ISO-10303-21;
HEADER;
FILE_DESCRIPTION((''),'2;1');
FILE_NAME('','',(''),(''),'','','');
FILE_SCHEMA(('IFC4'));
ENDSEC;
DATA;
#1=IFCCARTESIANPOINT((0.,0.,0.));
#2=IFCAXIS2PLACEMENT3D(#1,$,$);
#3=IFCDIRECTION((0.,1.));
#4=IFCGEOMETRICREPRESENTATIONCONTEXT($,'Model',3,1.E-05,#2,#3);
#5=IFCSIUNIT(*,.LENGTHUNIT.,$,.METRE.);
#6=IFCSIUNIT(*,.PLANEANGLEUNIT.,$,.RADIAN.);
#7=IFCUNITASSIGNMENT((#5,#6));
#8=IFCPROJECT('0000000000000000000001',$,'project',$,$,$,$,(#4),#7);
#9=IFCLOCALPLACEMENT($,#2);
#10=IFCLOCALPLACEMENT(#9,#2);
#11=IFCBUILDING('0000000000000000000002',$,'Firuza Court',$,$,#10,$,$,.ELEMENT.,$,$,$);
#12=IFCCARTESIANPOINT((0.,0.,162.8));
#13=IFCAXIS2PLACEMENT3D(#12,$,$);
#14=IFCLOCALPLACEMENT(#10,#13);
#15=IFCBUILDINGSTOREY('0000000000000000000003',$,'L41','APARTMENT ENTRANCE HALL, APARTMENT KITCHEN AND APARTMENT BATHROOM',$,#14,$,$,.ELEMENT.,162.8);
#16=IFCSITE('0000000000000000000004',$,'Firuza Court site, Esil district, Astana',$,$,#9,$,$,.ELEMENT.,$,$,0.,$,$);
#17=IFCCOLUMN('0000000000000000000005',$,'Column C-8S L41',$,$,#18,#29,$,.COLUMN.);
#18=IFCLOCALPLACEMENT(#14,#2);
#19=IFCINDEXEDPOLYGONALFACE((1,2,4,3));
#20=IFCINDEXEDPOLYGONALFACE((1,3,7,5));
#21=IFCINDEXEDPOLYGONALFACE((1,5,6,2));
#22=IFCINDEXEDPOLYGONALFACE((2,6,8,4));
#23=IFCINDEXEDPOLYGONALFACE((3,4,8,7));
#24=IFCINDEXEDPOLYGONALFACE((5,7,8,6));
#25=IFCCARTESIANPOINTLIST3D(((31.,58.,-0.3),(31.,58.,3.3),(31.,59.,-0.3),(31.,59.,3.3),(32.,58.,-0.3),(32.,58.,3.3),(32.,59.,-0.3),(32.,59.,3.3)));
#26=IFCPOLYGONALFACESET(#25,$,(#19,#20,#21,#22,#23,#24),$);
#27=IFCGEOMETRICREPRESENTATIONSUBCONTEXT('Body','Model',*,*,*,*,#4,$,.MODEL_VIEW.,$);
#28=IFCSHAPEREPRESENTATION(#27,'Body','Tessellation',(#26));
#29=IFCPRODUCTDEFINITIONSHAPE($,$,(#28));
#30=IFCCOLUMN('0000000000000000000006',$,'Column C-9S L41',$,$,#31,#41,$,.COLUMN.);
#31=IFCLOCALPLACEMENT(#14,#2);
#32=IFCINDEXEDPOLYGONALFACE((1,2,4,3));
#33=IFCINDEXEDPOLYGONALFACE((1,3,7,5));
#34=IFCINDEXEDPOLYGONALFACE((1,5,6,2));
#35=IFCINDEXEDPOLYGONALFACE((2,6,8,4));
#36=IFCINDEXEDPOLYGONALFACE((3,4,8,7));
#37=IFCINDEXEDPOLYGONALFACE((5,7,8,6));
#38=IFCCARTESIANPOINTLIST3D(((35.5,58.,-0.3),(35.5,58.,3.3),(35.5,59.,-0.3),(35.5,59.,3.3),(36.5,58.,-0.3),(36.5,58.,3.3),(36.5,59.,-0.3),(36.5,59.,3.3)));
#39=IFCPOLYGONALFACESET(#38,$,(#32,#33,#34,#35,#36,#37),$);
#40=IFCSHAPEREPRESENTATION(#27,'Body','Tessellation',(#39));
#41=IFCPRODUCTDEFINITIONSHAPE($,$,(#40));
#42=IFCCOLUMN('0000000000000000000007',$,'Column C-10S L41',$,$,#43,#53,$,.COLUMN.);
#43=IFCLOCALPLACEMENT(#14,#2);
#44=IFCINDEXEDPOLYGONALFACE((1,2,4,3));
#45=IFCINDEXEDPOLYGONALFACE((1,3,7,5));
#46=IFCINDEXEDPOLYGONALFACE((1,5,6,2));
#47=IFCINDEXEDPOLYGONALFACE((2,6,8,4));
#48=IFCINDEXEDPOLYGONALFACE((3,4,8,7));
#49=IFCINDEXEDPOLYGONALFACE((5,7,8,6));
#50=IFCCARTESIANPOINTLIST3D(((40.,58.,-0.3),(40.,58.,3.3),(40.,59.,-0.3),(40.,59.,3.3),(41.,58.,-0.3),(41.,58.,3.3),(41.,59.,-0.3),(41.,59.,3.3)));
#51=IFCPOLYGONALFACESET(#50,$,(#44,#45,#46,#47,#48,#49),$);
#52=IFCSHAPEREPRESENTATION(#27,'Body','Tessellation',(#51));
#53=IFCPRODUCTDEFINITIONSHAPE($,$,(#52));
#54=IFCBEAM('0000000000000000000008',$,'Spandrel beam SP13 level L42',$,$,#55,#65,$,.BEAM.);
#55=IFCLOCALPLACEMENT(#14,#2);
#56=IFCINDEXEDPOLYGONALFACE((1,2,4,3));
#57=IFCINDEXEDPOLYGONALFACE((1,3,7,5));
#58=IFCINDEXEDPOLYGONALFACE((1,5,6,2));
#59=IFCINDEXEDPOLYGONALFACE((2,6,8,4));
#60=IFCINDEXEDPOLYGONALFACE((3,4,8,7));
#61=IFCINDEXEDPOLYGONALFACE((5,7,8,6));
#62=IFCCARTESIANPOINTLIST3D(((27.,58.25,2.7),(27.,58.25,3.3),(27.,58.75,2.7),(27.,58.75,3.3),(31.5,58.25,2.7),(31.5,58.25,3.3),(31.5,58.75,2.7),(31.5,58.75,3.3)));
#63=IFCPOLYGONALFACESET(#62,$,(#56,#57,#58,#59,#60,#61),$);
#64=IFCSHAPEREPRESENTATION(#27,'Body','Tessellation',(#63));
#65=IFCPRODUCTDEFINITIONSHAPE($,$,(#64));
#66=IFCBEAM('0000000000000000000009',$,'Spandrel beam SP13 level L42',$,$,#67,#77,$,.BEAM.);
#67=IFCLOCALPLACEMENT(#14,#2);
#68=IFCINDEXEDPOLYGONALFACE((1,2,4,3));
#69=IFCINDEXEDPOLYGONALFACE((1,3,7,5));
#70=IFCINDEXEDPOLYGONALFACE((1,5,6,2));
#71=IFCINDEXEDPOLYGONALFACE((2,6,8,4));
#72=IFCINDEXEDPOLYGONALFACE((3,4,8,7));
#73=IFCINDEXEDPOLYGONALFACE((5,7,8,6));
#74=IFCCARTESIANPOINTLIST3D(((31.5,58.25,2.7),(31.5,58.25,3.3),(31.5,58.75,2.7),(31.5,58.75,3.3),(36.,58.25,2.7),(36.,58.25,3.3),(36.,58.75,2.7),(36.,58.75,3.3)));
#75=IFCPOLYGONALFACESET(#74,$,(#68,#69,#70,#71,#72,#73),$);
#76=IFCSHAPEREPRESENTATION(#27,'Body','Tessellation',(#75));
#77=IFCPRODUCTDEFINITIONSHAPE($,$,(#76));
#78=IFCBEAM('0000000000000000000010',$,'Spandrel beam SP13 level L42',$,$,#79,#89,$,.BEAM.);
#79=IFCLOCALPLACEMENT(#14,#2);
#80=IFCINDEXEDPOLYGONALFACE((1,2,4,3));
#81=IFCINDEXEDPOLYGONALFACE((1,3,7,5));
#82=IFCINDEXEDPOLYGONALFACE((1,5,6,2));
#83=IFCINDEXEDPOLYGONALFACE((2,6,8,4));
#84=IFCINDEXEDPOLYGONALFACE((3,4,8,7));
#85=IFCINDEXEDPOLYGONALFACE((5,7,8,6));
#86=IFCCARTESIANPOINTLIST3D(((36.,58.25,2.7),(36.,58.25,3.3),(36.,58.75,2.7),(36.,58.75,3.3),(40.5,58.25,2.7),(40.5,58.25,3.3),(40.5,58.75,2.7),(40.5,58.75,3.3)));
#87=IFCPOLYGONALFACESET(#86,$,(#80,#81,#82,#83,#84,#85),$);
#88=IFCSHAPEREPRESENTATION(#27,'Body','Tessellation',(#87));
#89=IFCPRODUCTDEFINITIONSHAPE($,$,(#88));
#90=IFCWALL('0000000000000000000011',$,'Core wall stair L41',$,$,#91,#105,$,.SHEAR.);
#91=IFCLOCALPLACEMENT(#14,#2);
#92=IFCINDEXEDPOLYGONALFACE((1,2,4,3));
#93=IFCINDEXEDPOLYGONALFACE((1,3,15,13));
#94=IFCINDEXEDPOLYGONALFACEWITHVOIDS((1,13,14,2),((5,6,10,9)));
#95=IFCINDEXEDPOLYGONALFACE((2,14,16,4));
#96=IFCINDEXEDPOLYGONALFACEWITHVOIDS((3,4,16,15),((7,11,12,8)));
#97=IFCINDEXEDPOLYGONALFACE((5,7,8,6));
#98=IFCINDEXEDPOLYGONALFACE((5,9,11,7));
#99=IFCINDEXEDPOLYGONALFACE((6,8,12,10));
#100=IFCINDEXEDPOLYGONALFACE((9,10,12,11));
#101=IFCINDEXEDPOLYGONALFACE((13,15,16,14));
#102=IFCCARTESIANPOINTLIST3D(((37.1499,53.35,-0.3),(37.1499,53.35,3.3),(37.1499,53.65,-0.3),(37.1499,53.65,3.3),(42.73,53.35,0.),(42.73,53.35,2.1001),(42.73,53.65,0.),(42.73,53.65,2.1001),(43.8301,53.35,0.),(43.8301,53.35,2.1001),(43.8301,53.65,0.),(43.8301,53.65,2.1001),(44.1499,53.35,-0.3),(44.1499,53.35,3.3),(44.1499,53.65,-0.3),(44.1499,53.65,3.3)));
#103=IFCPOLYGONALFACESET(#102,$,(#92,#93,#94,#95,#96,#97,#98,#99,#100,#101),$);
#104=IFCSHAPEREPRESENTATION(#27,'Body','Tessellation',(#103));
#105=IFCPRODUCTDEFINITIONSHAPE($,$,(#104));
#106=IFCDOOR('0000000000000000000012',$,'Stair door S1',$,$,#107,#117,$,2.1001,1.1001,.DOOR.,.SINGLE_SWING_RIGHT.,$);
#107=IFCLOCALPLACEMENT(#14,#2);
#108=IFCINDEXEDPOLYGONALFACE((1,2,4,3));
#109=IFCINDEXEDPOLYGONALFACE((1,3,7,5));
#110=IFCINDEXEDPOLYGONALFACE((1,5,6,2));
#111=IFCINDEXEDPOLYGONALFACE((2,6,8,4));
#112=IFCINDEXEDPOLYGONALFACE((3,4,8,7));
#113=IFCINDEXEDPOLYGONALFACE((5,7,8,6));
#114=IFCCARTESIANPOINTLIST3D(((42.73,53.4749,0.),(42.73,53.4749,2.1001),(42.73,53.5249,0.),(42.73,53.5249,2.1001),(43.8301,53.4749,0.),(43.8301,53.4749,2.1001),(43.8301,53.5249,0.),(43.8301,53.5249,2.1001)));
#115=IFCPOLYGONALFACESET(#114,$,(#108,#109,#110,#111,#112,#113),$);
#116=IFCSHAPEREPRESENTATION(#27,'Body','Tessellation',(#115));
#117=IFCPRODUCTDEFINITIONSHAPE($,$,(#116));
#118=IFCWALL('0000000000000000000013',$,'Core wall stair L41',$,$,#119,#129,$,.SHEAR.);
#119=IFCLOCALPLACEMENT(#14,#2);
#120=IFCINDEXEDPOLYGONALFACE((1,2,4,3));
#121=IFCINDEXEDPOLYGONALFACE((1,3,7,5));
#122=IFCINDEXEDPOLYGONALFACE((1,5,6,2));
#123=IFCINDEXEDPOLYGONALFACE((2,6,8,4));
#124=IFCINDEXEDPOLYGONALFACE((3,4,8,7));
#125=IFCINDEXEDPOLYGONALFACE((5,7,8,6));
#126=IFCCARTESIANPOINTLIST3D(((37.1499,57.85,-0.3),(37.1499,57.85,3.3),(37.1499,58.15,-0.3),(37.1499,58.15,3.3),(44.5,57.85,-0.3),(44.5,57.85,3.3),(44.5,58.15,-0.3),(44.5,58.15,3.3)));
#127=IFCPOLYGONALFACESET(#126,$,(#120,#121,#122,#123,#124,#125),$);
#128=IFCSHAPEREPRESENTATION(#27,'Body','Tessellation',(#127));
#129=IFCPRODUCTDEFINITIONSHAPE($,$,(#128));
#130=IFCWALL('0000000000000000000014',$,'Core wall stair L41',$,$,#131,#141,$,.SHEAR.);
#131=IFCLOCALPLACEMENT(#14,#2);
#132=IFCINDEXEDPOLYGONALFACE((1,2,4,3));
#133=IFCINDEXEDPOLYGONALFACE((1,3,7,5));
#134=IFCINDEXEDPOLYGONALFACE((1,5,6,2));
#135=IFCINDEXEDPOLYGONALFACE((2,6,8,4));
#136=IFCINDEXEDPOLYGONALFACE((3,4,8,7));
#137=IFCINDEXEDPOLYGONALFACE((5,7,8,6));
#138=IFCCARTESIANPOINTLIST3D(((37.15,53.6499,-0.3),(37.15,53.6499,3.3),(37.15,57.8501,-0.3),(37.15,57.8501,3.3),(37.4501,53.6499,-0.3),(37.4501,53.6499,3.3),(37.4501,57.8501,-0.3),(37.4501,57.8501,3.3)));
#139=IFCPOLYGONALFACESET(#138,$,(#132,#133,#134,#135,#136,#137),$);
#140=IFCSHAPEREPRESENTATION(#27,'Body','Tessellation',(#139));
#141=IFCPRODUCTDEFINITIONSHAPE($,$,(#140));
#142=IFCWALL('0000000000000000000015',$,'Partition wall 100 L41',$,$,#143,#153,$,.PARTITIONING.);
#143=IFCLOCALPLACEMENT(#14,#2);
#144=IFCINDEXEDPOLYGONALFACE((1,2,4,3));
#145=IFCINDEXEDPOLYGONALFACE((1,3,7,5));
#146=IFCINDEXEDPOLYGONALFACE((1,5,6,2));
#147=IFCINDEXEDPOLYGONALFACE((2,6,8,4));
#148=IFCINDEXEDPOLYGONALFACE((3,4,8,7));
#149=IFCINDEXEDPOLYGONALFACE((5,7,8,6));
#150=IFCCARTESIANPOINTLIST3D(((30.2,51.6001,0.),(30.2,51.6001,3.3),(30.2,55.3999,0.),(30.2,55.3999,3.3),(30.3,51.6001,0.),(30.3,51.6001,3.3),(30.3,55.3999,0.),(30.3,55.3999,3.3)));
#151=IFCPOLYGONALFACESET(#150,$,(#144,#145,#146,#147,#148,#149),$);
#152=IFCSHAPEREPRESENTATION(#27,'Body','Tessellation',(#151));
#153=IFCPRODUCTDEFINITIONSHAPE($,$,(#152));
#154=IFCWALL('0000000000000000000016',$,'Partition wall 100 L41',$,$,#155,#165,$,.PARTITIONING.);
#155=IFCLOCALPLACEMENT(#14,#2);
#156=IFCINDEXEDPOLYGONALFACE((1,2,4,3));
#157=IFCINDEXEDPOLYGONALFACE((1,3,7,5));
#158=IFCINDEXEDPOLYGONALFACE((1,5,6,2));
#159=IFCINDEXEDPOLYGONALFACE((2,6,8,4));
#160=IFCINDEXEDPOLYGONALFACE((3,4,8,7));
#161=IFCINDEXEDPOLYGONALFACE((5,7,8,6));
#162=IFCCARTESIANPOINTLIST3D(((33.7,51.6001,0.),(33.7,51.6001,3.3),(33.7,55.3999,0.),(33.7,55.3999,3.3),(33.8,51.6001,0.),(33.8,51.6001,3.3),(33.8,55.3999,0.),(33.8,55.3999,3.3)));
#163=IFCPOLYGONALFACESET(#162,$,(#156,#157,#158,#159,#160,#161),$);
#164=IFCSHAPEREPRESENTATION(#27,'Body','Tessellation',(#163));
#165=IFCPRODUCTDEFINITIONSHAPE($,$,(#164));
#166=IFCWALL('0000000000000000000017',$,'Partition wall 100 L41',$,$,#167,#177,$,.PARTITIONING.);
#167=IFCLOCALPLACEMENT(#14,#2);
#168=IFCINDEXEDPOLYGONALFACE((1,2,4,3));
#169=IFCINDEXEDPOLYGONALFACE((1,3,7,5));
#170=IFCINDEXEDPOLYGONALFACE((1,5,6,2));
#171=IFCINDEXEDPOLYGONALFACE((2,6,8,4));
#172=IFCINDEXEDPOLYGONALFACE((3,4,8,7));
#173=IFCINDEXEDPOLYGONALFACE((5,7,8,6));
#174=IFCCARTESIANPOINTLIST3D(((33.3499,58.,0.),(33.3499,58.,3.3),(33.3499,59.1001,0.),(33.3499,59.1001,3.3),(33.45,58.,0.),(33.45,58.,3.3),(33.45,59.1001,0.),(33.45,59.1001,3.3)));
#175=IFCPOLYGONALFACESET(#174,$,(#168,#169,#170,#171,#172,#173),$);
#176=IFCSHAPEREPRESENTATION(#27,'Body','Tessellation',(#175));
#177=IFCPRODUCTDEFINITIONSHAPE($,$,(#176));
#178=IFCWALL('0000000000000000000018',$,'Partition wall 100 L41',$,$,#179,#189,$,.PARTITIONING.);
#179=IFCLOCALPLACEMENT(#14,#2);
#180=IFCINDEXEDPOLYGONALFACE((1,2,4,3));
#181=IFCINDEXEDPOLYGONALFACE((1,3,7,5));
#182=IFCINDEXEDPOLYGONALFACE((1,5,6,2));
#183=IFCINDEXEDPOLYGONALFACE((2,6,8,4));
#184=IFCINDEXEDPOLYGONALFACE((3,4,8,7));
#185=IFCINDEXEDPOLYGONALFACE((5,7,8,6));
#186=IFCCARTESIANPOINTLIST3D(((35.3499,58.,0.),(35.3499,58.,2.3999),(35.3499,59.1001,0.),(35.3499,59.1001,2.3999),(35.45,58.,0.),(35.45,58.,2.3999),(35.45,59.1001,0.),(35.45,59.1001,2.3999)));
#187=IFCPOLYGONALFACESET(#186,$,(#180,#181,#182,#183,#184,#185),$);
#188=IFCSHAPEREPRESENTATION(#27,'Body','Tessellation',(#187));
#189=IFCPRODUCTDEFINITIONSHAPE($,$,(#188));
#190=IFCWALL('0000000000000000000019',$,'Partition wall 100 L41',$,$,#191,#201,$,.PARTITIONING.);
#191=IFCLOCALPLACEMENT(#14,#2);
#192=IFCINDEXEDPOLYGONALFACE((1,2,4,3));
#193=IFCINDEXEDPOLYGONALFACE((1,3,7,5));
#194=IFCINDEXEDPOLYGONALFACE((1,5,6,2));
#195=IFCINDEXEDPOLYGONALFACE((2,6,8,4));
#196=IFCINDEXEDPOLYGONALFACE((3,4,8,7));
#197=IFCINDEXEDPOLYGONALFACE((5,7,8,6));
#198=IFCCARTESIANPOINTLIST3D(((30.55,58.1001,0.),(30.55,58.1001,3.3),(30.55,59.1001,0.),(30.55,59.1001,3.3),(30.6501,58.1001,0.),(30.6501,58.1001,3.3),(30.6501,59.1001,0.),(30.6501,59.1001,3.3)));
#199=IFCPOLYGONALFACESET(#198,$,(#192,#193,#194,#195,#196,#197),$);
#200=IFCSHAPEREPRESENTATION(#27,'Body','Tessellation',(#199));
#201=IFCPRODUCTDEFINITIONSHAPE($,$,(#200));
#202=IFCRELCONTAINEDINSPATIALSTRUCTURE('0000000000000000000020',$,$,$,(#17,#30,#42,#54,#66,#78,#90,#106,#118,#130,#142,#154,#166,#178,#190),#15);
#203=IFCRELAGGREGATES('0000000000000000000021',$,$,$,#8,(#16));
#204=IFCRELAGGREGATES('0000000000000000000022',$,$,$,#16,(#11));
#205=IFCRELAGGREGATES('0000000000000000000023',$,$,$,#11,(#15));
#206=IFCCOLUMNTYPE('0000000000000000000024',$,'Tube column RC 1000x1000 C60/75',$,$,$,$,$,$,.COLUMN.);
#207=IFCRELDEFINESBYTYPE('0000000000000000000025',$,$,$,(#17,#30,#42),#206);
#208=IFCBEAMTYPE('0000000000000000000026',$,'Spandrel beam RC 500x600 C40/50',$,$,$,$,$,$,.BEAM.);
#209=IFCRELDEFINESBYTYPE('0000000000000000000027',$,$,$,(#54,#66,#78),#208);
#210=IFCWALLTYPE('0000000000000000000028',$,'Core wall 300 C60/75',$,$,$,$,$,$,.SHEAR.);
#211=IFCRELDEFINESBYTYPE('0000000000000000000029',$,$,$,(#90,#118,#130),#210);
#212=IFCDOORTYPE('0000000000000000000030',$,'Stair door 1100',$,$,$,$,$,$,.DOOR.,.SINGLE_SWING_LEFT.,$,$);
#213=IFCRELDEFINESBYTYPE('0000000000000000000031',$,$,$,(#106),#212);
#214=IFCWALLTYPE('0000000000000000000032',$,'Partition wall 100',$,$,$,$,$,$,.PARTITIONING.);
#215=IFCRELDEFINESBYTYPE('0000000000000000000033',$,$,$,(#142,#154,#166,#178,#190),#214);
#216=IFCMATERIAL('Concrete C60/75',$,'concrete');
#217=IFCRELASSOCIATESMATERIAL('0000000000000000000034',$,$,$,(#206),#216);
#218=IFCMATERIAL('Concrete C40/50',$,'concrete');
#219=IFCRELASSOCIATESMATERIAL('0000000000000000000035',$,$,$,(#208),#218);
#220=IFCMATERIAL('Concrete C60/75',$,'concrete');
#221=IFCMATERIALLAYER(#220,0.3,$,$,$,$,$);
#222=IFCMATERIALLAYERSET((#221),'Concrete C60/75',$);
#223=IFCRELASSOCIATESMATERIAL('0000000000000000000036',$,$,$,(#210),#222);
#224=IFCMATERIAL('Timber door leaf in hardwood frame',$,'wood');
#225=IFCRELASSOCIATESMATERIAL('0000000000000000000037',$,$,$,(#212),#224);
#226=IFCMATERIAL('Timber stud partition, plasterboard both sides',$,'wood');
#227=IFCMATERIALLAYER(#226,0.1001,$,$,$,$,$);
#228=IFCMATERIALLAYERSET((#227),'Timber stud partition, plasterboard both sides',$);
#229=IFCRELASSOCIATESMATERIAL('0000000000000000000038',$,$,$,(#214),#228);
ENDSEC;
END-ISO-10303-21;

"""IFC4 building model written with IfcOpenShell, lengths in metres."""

from ifc_helpers import new_model, si_unit, direction, frame, frame_2d, origin, origin_2d, place, context, subcontext, project, spatial, rectangle, extrude, material, layer, layer_set, material_profile, profile_set, type_object, element, fill, save


model = new_model("IFC4")

# Units and contexts
model_context = context("Model", 3, precision=1e-05, world=origin(), true_north=direction((0.0, 1.0)))
body_context = subcontext(model_context, "Body", "Model", "MODEL_VIEW")
ifc_project = project(units=[si_unit("LENGTHUNIT", "METRE"), si_unit("PLANEANGLEUNIT", "RADIAN")], contexts=[model_context])

# Site, building, storey
site_placement = place(None, origin())
site = spatial("IfcSite", under=ifc_project, at=site_placement, Name="Firuza Court site, Esil district, Astana", CompositionType="ELEMENT", RefElevation=0.0)
building_placement = place(site_placement, origin())
building = spatial("IfcBuilding", under=site, at=building_placement, Name="Firuza Court", CompositionType="ELEMENT")
storey_placement = place(building_placement, frame((0.0, 0.0, 162.8)))
storey = spatial("IfcBuildingStorey", under=building, at=storey_placement, Name="L41", Description="APARTMENT ENTRANCE HALL, APARTMENT KITCHEN AND APARTMENT BATHROOM", CompositionType="ELEMENT", Elevation=162.8)

# Columns
ifc_material_1 = material(Name="Concrete C60/75", Category="concrete")
ifc_material_profile_1 = material_profile(ifc_material_1, rectangle(XDim=1.0, YDim=1.0, at=origin_2d()), Name="RC 1000x1000")
ifc_profile_set_1 = profile_set([ifc_material_profile_1], Name="Concrete C60/75")
column_type = type_object("IfcColumnType", Name="Tube column RC 1000x1000 C60/75", PredefinedType="COLUMN", material=ifc_profile_set_1)
for number, where, z_axis, x_axis, name in (
    (1, (31.5, 58.5, -0.3), (0.0, 0.0, 1.0), (1.0, 0.0, 0.0), "Column C-8S L41"),
    (2, (36.0, 58.5, -0.3), (0.0, 0.0, 1.0), (1.0, 0.0, 0.0), "Column C-9S L41"),
    (3, (40.5, 58.5, -0.3), (0.0, 0.0, 1.0), (1.0, 0.0, 0.0), "Column C-10S L41"),
):
    element("IfcColumn", number, at=place(storey_placement, frame(where, z_axis=z_axis, x_axis=x_axis)), inside=storey, type_object=column_type, Name=name, PredefinedType="COLUMN", context=body_context, shape_type="SweptSolid", body=[
        extrude(rectangle(XDim=1.0, YDim=1.0, at=origin_2d()), origin(), (0.0, 0.0, 1.0), 3.6001),
    ])

# Beams
ifc_material_2 = material(Name="Concrete C40/50", Category="concrete")
ifc_material_profile_2 = material_profile(ifc_material_2, rectangle(XDim=0.5, YDim=0.6001, at=origin_2d()), Name="RC 500x600")
ifc_profile_set_2 = profile_set([ifc_material_profile_2], Name="Concrete C40/50")
beam_type = type_object("IfcBeamType", Name="Spandrel beam RC 500x600 C40/50", PredefinedType="BEAM", material=ifc_profile_set_2)
for number, where, z_axis, x_axis, name in (
    (4, (31.5, 58.5, 3.0), (-1.0, 0.0, 0.0), (0.0, -1.0, 0.0), "Spandrel beam SP13 level L42"),
    (5, (36.0, 58.5, 3.0), (-1.0, 0.0, 0.0), (0.0, -1.0, 0.0), "Spandrel beam SP13 level L42"),
    (6, (40.5, 58.5, 3.0), (-1.0, 0.0, 0.0), (0.0, -1.0, 0.0), "Spandrel beam SP13 level L42"),
):
    element("IfcBeam", number, at=place(storey_placement, frame(where, z_axis=z_axis, x_axis=x_axis)), inside=storey, type_object=beam_type, Name=name, PredefinedType="BEAM", context=body_context, shape_type="SweptSolid", body=[
        extrude(rectangle(XDim=0.5, YDim=0.6001, at=origin_2d()), origin(), (0.0, 0.0, 1.0), 4.5),
    ])

# Wall, opening, door
ifc_material_3 = material(Name="Concrete C60/75", Category="concrete")
ifc_layer_1 = layer(ifc_material_3, 0.3)
ifc_layer_set_1 = layer_set([ifc_layer_1], Name="Concrete C60/75")
wall_type_1 = type_object("IfcWallType", Name="Core wall 300 C60/75", PredefinedType="SHEAR", material=ifc_layer_set_1)
wall_1_placement = place(storey_placement, frame((37.1499, 53.5, -0.3), z_axis=(0.0, 0.0, 1.0), x_axis=(1.0, 0.0, 0.0)))
wall_1 = element("IfcWall", 7, at=wall_1_placement, inside=storey, type_object=wall_type_1, Name="Core wall stair L41", PredefinedType="SHEAR", context=body_context, shape_type="SweptSolid", body=[
    extrude(rectangle(XDim=7.0, YDim=0.3, at=frame_2d((3.5, 0.0))), origin(), (0.0, 0.0, 1.0), 3.6001),
])
opening_1_placement = place(wall_1_placement, frame((5.5801, 0.0, 0.3)))
opening_1 = element("IfcOpeningElement", 8, at=opening_1_placement, cuts=wall_1, PredefinedType="OPENING", context=body_context, shape_type="SweptSolid", body=[
    extrude(rectangle(XDim=1.1001, YDim=2.1001, at=frame_2d((0.55, 1.05))), frame((0.0, 0.1621, 0.0), z_axis=(0.0, -1.0, 0.0), x_axis=(1.0, 0.0, 0.0)), (0.0, 0.0, 1.0), 0.324),
])
ifc_material_4 = material(Name="Timber door leaf in hardwood frame", Category="wood")
door_type_1 = type_object("IfcDoorType", Name="Stair door 1100", OperationType="SINGLE_SWING_LEFT", PredefinedType="DOOR", material=ifc_material_4)
door_1_placement = place(opening_1_placement, origin())
door_1 = element("IfcDoor", 9, at=door_1_placement, inside=storey, type_object=door_type_1, Name="Stair door S1", OperationType="SINGLE_SWING_RIGHT", OverallHeight=2.1001, OverallWidth=1.1001, PredefinedType="DOOR", context=body_context, shape_type="SweptSolid", body=[
    extrude(rectangle(XDim=1.1001, YDim=2.1001, at=frame_2d((0.55, 1.05))), frame((0.0, 0.0249, 0.0), z_axis=(0.0, -1.0, 0.0), x_axis=(1.0, 0.0, 0.0)), (0.0, 0.0, 1.0), 0.05),
])
fill(opening_1, door_1)

# Walls
wall_2_placement = place(storey_placement, frame((37.1499, 58.0, -0.3), z_axis=(0.0, 0.0, 1.0), x_axis=(1.0, 0.0, 0.0)))
element("IfcWall", 10, at=wall_2_placement, inside=storey, type_object=wall_type_1, Name="Core wall stair L41", PredefinedType="SHEAR", context=body_context, shape_type="SweptSolid", body=[
    extrude(rectangle(XDim=7.3501, YDim=0.3, at=frame_2d((3.675, 0.0))), origin(), (0.0, 0.0, 1.0), 3.6001),
])
wall_3_placement = place(storey_placement, frame((37.3, 53.6499, -0.3), z_axis=(0.0, 0.0, 1.0), x_axis=(0.0, 1.0, 0.0)))
element("IfcWall", 11, at=wall_3_placement, inside=storey, type_object=wall_type_1, Name="Core wall stair L41", PredefinedType="SHEAR", context=body_context, shape_type="SweptSolid", body=[
    extrude(rectangle(XDim=4.2002, YDim=0.3, at=frame_2d((2.1001, 0.0))), origin(), (0.0, 0.0, 1.0), 3.6001),
])
ifc_material_5 = material(Name="Timber stud partition, plasterboard both sides", Category="wood")
ifc_layer_2 = layer(ifc_material_5, 0.1001)
ifc_layer_set_2 = layer_set([ifc_layer_2], Name="Timber stud partition, plasterboard both sides")
wall_type_2 = type_object("IfcWallType", Name="Partition wall 100", PredefinedType="PARTITIONING", material=ifc_layer_set_2)
for number, where, z_axis, x_axis, name in (
    (12, (30.25, 51.6001, 0.0), (0.0, 0.0, 1.0), (0.0, 1.0, 0.0), "Partition wall 100 L41"),
    (13, (33.75, 51.6001, 0.0), (0.0, 0.0, 1.0), (0.0, 1.0, 0.0), "Partition wall 100 L41"),
):
    element("IfcWall", number, at=place(storey_placement, frame(where, z_axis=z_axis, x_axis=x_axis)), inside=storey, type_object=wall_type_2, Name=name, PredefinedType="PARTITIONING", context=body_context, shape_type="SweptSolid", body=[
        extrude(rectangle(XDim=3.7998, YDim=0.1001, at=frame_2d((1.8999, 0.0))), origin(), (0.0, 0.0, 1.0), 3.3),
    ])
wall_4_placement = place(storey_placement, frame((33.3999, 58.0, 0.0), z_axis=(0.0, 0.0, 1.0), x_axis=(0.0, 1.0, 0.0)))
element("IfcWall", 14, at=wall_4_placement, inside=storey, type_object=wall_type_2, Name="Partition wall 100 L41", PredefinedType="PARTITIONING", context=body_context, shape_type="SweptSolid", body=[
    extrude(rectangle(XDim=1.1001, YDim=0.1001, at=frame_2d((0.55, 0.0))), origin(), (0.0, 0.0, 1.0), 3.3),
])
wall_5_placement = place(storey_placement, frame((35.3999, 58.0, 0.0), z_axis=(0.0, 0.0, 1.0), x_axis=(0.0, 1.0, 0.0)))
element("IfcWall", 15, at=wall_5_placement, inside=storey, type_object=wall_type_2, Name="Partition wall 100 L41", PredefinedType="PARTITIONING", context=body_context, shape_type="SweptSolid", body=[
    extrude(rectangle(XDim=1.1001, YDim=0.1001, at=frame_2d((0.55, 0.0))), origin(), (0.0, 0.0, 1.0), 2.3999),
])
wall_6_placement = place(storey_placement, frame((30.6001, 58.1001, 0.0), z_axis=(0.0, 0.0, 1.0), x_axis=(0.0, 1.0, 0.0)))
element("IfcWall", 16, at=wall_6_placement, inside=storey, type_object=wall_type_2, Name="Partition wall 100 L41", PredefinedType="PARTITIONING", context=body_context, shape_type="SweptSolid", body=[
    extrude(rectangle(XDim=1.0, YDim=0.1001, at=frame_2d((0.5, 0.0))), origin(), (0.0, 0.0, 1.0), 3.3),
])

save(model, "model.ifc")
